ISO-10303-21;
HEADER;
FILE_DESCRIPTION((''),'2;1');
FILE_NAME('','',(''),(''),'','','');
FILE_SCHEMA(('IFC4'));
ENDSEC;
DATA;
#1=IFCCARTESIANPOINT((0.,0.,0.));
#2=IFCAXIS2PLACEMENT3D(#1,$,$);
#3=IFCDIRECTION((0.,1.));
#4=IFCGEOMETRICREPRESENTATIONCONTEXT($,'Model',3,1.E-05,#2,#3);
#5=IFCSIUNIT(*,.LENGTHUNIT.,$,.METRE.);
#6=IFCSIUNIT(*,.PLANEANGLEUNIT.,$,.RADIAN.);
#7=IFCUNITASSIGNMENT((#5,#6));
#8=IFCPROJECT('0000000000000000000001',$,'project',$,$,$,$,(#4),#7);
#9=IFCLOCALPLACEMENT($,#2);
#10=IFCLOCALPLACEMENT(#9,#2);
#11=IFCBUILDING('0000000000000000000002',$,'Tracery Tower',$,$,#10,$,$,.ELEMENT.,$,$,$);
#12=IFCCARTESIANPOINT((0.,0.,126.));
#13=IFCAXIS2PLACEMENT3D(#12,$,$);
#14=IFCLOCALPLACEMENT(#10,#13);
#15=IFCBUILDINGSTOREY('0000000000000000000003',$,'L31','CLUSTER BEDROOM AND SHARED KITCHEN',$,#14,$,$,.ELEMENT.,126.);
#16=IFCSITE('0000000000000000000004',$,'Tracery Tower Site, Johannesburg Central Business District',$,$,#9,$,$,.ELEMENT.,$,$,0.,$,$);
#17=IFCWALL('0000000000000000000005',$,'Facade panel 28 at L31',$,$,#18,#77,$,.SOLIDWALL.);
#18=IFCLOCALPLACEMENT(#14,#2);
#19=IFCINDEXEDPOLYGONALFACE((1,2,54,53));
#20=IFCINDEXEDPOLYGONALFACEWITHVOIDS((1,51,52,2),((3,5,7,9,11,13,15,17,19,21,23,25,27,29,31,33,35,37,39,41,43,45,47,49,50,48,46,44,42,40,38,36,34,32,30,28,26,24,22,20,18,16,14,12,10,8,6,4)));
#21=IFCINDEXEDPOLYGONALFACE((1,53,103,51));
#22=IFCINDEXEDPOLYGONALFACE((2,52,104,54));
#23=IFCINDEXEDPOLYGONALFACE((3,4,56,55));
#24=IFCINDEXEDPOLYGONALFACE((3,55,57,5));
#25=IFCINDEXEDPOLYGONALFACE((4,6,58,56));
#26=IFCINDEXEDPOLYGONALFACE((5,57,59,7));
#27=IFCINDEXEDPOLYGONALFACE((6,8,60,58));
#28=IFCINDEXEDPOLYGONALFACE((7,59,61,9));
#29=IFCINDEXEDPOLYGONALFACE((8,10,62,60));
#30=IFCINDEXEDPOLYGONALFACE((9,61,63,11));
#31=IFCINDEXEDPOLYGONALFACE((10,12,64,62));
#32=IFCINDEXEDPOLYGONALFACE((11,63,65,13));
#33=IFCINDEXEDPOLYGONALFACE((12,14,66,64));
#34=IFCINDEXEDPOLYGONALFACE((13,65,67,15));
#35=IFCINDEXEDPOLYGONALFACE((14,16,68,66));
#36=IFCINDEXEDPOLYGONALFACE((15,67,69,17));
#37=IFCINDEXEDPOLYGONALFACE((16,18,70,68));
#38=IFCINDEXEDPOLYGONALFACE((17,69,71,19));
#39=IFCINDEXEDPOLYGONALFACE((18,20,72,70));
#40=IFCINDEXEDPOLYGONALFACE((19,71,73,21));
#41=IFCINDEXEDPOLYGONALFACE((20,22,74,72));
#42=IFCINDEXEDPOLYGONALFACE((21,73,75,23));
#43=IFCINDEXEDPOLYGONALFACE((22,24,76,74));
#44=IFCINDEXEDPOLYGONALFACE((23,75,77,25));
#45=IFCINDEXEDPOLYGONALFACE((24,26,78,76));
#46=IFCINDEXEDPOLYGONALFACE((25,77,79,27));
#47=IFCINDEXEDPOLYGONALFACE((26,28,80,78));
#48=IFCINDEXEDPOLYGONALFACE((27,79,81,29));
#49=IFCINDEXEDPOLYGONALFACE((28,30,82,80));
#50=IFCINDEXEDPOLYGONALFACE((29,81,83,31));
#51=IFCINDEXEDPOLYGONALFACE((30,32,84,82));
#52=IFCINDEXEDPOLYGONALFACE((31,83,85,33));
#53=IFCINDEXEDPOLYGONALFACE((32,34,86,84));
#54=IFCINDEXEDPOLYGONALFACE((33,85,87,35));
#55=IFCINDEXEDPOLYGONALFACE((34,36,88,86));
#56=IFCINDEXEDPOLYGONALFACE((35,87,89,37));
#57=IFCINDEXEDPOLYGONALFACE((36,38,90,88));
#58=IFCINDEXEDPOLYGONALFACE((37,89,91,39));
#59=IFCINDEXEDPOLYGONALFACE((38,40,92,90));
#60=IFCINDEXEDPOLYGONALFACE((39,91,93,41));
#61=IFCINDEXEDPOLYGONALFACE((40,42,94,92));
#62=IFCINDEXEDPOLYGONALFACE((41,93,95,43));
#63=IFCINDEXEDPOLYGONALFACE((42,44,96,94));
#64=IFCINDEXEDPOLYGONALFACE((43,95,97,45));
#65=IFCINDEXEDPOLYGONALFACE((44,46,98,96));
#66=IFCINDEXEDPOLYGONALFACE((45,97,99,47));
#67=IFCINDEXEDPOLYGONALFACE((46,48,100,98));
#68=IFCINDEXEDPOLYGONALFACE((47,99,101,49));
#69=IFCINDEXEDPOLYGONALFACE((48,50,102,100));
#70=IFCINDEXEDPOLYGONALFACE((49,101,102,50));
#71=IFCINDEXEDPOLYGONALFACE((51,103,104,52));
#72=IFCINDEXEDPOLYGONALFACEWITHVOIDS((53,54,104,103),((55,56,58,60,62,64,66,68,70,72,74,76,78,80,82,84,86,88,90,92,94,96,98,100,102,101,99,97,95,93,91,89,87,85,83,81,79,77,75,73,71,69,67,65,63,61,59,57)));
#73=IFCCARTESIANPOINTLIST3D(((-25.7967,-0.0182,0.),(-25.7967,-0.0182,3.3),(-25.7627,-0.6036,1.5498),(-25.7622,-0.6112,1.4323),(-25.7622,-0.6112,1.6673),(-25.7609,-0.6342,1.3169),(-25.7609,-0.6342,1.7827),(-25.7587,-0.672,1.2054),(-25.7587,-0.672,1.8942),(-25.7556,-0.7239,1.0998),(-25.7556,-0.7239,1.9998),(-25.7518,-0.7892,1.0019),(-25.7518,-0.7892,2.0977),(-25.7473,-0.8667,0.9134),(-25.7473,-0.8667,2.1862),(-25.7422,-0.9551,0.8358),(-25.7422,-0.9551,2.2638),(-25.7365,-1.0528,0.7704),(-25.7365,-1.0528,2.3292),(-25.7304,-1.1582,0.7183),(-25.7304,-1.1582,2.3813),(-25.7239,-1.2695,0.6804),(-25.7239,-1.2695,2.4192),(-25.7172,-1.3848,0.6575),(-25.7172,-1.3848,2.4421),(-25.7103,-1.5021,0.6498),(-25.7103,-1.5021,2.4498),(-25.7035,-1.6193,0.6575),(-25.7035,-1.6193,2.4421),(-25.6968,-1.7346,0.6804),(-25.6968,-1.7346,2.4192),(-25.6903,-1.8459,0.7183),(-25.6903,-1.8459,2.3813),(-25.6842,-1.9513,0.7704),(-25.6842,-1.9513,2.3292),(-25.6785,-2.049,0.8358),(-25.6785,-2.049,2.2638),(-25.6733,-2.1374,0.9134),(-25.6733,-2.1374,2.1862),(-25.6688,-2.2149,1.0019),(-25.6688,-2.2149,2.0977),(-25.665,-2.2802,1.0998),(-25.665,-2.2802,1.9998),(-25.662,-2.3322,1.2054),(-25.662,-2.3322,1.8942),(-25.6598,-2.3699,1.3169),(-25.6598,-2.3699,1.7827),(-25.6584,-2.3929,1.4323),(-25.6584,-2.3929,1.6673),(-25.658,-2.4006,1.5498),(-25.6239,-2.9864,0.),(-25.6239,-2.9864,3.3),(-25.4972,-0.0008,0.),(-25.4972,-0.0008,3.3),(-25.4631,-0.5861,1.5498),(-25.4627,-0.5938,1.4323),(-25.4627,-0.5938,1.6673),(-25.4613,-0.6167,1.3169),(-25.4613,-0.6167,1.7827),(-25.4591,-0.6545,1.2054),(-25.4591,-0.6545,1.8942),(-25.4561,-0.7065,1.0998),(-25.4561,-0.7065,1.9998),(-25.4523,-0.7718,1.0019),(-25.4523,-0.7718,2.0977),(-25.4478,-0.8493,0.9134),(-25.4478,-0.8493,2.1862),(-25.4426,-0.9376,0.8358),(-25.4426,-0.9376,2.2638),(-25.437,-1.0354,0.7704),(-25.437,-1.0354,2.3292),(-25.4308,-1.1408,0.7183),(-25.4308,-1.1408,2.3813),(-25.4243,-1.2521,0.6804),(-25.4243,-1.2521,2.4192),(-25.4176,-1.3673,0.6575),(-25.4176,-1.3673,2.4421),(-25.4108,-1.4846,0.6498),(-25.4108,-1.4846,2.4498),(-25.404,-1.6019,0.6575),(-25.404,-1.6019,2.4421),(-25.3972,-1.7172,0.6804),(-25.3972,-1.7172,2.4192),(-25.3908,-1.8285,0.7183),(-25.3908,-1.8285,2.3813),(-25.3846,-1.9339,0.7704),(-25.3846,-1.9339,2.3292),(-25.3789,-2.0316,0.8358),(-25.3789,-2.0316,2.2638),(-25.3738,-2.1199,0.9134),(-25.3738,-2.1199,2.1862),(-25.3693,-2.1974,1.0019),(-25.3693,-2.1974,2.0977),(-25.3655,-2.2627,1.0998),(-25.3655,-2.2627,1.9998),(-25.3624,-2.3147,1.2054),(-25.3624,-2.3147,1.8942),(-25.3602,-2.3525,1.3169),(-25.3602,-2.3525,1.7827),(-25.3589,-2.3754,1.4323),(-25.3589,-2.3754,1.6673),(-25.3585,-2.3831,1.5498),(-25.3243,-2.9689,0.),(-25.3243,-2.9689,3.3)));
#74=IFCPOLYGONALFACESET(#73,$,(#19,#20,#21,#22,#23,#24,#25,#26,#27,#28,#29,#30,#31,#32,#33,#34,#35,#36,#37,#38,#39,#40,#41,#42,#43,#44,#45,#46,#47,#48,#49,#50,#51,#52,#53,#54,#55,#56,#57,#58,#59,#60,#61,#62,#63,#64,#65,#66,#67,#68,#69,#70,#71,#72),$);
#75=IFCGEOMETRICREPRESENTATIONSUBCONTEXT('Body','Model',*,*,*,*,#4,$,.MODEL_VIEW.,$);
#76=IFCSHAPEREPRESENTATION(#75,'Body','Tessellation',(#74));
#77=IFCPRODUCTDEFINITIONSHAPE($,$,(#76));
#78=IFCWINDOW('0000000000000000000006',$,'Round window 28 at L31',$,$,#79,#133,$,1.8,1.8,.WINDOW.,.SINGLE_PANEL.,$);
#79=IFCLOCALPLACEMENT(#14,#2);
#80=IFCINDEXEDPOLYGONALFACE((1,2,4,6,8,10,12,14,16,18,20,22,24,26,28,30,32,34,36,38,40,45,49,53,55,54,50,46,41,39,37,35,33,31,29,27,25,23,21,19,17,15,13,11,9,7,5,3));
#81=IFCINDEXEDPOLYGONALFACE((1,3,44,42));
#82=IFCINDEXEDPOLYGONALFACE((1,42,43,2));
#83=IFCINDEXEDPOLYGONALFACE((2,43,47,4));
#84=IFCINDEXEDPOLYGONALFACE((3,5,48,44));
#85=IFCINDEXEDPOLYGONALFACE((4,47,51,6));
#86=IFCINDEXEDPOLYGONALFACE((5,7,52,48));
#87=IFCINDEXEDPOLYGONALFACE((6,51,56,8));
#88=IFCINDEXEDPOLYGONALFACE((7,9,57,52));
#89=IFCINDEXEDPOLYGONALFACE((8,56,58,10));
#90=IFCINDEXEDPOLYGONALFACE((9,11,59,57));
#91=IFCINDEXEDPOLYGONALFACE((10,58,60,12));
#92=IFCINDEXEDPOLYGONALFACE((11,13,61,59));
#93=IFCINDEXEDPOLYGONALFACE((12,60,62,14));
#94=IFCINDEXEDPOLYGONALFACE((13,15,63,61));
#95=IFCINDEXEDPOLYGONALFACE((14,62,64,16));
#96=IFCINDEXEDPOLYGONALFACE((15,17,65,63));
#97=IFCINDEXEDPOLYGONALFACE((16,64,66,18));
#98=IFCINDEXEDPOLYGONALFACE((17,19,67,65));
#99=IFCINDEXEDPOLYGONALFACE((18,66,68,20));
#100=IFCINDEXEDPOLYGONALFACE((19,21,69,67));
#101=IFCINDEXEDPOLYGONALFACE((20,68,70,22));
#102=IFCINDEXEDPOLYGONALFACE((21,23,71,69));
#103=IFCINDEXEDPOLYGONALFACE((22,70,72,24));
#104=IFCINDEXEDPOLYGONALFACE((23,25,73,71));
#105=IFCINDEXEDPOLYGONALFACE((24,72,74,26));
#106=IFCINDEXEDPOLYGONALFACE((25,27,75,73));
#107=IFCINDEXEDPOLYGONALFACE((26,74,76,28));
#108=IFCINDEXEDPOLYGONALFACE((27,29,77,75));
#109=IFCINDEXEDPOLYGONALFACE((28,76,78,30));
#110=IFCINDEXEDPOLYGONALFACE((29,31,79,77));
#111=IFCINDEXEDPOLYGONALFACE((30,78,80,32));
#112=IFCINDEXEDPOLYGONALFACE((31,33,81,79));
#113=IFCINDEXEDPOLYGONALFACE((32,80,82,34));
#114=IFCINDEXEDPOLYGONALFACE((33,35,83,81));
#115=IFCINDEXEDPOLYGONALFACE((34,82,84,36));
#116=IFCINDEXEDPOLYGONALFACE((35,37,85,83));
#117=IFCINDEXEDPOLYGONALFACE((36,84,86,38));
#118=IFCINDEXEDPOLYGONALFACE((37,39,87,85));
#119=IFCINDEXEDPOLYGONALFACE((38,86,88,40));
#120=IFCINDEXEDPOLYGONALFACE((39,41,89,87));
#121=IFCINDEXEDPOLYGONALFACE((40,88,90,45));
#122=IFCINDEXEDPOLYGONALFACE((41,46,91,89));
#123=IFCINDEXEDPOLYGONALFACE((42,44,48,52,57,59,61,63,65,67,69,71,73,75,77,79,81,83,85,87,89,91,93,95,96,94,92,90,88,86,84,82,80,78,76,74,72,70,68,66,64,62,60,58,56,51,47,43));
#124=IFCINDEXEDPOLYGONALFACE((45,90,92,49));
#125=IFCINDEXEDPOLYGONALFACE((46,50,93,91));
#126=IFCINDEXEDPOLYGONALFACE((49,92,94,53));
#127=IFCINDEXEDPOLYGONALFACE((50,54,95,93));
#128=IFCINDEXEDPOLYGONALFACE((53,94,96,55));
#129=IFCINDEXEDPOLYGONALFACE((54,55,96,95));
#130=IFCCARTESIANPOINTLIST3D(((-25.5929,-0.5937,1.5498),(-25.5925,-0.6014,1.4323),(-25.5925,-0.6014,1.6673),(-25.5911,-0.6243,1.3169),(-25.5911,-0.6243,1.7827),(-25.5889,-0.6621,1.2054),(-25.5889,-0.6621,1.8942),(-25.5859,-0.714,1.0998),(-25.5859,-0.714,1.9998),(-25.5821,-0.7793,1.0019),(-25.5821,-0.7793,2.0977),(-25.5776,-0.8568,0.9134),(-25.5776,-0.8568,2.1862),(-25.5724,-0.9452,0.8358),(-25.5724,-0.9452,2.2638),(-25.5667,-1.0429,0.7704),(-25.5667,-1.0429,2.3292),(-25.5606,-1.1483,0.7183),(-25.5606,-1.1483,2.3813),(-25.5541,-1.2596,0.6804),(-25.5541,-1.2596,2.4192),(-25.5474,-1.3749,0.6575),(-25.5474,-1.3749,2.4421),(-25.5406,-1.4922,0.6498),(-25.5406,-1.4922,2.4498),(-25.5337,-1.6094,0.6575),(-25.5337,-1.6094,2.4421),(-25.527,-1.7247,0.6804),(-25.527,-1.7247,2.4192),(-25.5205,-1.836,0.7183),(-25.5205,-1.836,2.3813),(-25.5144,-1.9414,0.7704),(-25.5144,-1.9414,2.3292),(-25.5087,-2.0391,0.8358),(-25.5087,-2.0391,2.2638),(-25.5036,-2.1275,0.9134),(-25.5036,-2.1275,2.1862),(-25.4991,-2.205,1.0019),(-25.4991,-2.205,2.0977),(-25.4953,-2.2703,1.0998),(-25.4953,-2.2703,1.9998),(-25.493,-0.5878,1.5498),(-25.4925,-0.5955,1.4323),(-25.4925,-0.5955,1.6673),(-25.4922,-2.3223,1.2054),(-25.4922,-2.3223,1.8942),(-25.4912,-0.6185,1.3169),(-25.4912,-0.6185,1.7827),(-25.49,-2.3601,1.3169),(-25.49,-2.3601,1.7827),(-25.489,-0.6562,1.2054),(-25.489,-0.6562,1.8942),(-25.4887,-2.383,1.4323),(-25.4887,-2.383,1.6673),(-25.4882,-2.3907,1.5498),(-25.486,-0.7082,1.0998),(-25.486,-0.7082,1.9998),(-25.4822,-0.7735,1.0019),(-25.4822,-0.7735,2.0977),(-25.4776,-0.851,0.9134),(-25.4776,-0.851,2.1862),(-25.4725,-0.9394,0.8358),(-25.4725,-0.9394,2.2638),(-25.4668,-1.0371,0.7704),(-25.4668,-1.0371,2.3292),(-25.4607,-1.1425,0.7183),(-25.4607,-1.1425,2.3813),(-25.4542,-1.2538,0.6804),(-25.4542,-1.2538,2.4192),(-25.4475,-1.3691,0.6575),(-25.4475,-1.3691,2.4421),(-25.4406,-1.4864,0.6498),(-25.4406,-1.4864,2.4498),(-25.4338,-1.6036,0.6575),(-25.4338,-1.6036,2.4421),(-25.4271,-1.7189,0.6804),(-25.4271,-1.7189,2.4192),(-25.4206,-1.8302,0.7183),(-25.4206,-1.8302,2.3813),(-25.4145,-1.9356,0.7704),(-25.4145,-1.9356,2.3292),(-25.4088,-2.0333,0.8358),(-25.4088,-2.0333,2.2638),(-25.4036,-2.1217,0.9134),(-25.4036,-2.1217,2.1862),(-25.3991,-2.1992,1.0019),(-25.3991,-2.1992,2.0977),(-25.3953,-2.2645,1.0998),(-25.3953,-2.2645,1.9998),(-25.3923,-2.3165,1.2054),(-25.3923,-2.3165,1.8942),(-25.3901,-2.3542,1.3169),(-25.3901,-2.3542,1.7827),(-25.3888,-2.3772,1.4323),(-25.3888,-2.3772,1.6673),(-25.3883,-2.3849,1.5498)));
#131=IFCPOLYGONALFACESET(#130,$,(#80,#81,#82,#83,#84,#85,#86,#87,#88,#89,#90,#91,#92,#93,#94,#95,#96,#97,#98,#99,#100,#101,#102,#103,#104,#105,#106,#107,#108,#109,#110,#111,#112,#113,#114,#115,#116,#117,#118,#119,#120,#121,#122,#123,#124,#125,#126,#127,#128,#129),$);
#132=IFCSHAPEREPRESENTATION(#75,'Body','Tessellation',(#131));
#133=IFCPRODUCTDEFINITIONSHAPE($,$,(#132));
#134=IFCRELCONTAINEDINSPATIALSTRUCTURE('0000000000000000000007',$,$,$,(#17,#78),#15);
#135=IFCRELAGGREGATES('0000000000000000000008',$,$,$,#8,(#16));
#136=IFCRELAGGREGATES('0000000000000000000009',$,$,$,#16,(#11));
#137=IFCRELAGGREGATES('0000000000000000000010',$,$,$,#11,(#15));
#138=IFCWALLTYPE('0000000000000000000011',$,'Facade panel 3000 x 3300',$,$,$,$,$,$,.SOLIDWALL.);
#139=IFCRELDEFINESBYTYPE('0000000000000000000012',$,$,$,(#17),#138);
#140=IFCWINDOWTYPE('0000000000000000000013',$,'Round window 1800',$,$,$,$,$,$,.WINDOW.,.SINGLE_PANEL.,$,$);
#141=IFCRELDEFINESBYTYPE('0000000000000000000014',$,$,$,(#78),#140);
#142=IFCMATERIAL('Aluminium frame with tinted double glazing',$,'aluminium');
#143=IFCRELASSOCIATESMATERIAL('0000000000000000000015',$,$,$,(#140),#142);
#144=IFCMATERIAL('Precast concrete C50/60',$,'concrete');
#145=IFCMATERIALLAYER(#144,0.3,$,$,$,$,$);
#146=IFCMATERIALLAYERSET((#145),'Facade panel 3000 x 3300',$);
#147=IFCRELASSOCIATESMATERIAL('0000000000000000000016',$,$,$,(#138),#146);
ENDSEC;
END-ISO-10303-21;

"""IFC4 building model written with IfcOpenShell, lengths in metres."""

from ifc_helpers import new_model, si_unit, direction, frame, frame_2d, origin, origin_2d, place, context, subcontext, project, spatial, rectangle, circle, extrude, material, layer, layer_set, type_object, element, fill, save


model = new_model("IFC4")

# Units and contexts
model_context = context("Model", 3, precision=1e-05, world=origin(), true_north=direction((0.0, 1.0)))
body_context = subcontext(model_context, "Body", "Model", "MODEL_VIEW")
ifc_project = project(units=[si_unit("LENGTHUNIT", "METRE"), si_unit("PLANEANGLEUNIT", "RADIAN")], contexts=[model_context])

# Site, building, storey
site_placement = place(None, origin())
site = spatial("IfcSite", under=ifc_project, at=site_placement, Name="Tracery Tower Site, Johannesburg Central Business District", CompositionType="ELEMENT", RefElevation=0.0)
building_placement = place(site_placement, origin())
building = spatial("IfcBuilding", under=site, at=building_placement, Name="Tracery Tower", CompositionType="ELEMENT")
storey_placement = place(building_placement, frame((0.0, 0.0, 126.0)))
storey = spatial("IfcBuildingStorey", under=building, at=storey_placement, Name="L31", Description="CLUSTER BEDROOM AND SHARED KITCHEN", CompositionType="ELEMENT", Elevation=126.0)

# Wall, opening, window
ifc_material_1 = material(Name="Aluminium frame with tinted double glazing", Category="aluminium")
window_type = type_object("IfcWindowType", Name="Round window 1800", PartitioningType="SINGLE_PANEL", PredefinedType="WINDOW", material=ifc_material_1)
ifc_material_2 = material(Name="Precast concrete C50/60", Category="concrete")
ifc_layer_1 = layer(ifc_material_2, 0.3)
ifc_layer_set_1 = layer_set([ifc_layer_1], Name="Facade panel 3000 x 3300")
wall_type_1 = type_object("IfcWallType", Name="Facade panel 3000 x 3300", PredefinedType="SOLIDWALL", material=ifc_layer_set_1)
wall_1_placement = place(storey_placement, frame((-25.647, -0.0095, 0.0), z_axis=(0.0, 0.0, 1.0), x_axis=(0.05814, -0.998308, 0.0)))
wall_1 = element("IfcWall", 1, at=wall_1_placement, inside=storey, type_object=wall_type_1, Name="Facade panel 28 at L31", PredefinedType="SOLIDWALL", context=body_context, shape_type="SweptSolid", body=[
    extrude(rectangle(XDim=2.9731, YDim=0.3, at=frame_2d((1.4866, 0.0))), origin(), (0.0, 0.0, 1.0), 3.3),
])
opening_1_placement = place(wall_1_placement, frame((1.4863, 0.0, 1.5498)))
opening_1 = element("IfcOpeningElement", 2, at=opening_1_placement, cuts=wall_1, PredefinedType="OPENING", context=body_context, shape_type="SweptSolid", body=[
    extrude(circle(Radius=0.9, at=origin_2d()), frame((0.0, 0.1599, 0.0), z_axis=(0.0, -1.0, 0.0), x_axis=(1.0, 0.0, 0.0)), (0.0, 0.0, 1.0), 0.3201),
])
window_1_placement = place(opening_1_placement, origin())
window_1 = element("IfcWindow", 3, at=window_1_placement, inside=storey, type_object=window_type, Name="Round window 28 at L31", OverallHeight=1.8, OverallWidth=1.8, PartitioningType="SINGLE_PANEL", PredefinedType="WINDOW", context=body_context, shape_type="SweptSolid", body=[
    extrude(circle(Radius=0.9, at=origin_2d()), frame((0.0, 0.1201, 0.0), z_axis=(0.0, -1.0, 0.0), x_axis=(1.0, 0.0, 0.0)), (0.0, 0.0, 1.0), 0.1001),
])
fill(opening_1, window_1)

save(model, "model.ifc")
